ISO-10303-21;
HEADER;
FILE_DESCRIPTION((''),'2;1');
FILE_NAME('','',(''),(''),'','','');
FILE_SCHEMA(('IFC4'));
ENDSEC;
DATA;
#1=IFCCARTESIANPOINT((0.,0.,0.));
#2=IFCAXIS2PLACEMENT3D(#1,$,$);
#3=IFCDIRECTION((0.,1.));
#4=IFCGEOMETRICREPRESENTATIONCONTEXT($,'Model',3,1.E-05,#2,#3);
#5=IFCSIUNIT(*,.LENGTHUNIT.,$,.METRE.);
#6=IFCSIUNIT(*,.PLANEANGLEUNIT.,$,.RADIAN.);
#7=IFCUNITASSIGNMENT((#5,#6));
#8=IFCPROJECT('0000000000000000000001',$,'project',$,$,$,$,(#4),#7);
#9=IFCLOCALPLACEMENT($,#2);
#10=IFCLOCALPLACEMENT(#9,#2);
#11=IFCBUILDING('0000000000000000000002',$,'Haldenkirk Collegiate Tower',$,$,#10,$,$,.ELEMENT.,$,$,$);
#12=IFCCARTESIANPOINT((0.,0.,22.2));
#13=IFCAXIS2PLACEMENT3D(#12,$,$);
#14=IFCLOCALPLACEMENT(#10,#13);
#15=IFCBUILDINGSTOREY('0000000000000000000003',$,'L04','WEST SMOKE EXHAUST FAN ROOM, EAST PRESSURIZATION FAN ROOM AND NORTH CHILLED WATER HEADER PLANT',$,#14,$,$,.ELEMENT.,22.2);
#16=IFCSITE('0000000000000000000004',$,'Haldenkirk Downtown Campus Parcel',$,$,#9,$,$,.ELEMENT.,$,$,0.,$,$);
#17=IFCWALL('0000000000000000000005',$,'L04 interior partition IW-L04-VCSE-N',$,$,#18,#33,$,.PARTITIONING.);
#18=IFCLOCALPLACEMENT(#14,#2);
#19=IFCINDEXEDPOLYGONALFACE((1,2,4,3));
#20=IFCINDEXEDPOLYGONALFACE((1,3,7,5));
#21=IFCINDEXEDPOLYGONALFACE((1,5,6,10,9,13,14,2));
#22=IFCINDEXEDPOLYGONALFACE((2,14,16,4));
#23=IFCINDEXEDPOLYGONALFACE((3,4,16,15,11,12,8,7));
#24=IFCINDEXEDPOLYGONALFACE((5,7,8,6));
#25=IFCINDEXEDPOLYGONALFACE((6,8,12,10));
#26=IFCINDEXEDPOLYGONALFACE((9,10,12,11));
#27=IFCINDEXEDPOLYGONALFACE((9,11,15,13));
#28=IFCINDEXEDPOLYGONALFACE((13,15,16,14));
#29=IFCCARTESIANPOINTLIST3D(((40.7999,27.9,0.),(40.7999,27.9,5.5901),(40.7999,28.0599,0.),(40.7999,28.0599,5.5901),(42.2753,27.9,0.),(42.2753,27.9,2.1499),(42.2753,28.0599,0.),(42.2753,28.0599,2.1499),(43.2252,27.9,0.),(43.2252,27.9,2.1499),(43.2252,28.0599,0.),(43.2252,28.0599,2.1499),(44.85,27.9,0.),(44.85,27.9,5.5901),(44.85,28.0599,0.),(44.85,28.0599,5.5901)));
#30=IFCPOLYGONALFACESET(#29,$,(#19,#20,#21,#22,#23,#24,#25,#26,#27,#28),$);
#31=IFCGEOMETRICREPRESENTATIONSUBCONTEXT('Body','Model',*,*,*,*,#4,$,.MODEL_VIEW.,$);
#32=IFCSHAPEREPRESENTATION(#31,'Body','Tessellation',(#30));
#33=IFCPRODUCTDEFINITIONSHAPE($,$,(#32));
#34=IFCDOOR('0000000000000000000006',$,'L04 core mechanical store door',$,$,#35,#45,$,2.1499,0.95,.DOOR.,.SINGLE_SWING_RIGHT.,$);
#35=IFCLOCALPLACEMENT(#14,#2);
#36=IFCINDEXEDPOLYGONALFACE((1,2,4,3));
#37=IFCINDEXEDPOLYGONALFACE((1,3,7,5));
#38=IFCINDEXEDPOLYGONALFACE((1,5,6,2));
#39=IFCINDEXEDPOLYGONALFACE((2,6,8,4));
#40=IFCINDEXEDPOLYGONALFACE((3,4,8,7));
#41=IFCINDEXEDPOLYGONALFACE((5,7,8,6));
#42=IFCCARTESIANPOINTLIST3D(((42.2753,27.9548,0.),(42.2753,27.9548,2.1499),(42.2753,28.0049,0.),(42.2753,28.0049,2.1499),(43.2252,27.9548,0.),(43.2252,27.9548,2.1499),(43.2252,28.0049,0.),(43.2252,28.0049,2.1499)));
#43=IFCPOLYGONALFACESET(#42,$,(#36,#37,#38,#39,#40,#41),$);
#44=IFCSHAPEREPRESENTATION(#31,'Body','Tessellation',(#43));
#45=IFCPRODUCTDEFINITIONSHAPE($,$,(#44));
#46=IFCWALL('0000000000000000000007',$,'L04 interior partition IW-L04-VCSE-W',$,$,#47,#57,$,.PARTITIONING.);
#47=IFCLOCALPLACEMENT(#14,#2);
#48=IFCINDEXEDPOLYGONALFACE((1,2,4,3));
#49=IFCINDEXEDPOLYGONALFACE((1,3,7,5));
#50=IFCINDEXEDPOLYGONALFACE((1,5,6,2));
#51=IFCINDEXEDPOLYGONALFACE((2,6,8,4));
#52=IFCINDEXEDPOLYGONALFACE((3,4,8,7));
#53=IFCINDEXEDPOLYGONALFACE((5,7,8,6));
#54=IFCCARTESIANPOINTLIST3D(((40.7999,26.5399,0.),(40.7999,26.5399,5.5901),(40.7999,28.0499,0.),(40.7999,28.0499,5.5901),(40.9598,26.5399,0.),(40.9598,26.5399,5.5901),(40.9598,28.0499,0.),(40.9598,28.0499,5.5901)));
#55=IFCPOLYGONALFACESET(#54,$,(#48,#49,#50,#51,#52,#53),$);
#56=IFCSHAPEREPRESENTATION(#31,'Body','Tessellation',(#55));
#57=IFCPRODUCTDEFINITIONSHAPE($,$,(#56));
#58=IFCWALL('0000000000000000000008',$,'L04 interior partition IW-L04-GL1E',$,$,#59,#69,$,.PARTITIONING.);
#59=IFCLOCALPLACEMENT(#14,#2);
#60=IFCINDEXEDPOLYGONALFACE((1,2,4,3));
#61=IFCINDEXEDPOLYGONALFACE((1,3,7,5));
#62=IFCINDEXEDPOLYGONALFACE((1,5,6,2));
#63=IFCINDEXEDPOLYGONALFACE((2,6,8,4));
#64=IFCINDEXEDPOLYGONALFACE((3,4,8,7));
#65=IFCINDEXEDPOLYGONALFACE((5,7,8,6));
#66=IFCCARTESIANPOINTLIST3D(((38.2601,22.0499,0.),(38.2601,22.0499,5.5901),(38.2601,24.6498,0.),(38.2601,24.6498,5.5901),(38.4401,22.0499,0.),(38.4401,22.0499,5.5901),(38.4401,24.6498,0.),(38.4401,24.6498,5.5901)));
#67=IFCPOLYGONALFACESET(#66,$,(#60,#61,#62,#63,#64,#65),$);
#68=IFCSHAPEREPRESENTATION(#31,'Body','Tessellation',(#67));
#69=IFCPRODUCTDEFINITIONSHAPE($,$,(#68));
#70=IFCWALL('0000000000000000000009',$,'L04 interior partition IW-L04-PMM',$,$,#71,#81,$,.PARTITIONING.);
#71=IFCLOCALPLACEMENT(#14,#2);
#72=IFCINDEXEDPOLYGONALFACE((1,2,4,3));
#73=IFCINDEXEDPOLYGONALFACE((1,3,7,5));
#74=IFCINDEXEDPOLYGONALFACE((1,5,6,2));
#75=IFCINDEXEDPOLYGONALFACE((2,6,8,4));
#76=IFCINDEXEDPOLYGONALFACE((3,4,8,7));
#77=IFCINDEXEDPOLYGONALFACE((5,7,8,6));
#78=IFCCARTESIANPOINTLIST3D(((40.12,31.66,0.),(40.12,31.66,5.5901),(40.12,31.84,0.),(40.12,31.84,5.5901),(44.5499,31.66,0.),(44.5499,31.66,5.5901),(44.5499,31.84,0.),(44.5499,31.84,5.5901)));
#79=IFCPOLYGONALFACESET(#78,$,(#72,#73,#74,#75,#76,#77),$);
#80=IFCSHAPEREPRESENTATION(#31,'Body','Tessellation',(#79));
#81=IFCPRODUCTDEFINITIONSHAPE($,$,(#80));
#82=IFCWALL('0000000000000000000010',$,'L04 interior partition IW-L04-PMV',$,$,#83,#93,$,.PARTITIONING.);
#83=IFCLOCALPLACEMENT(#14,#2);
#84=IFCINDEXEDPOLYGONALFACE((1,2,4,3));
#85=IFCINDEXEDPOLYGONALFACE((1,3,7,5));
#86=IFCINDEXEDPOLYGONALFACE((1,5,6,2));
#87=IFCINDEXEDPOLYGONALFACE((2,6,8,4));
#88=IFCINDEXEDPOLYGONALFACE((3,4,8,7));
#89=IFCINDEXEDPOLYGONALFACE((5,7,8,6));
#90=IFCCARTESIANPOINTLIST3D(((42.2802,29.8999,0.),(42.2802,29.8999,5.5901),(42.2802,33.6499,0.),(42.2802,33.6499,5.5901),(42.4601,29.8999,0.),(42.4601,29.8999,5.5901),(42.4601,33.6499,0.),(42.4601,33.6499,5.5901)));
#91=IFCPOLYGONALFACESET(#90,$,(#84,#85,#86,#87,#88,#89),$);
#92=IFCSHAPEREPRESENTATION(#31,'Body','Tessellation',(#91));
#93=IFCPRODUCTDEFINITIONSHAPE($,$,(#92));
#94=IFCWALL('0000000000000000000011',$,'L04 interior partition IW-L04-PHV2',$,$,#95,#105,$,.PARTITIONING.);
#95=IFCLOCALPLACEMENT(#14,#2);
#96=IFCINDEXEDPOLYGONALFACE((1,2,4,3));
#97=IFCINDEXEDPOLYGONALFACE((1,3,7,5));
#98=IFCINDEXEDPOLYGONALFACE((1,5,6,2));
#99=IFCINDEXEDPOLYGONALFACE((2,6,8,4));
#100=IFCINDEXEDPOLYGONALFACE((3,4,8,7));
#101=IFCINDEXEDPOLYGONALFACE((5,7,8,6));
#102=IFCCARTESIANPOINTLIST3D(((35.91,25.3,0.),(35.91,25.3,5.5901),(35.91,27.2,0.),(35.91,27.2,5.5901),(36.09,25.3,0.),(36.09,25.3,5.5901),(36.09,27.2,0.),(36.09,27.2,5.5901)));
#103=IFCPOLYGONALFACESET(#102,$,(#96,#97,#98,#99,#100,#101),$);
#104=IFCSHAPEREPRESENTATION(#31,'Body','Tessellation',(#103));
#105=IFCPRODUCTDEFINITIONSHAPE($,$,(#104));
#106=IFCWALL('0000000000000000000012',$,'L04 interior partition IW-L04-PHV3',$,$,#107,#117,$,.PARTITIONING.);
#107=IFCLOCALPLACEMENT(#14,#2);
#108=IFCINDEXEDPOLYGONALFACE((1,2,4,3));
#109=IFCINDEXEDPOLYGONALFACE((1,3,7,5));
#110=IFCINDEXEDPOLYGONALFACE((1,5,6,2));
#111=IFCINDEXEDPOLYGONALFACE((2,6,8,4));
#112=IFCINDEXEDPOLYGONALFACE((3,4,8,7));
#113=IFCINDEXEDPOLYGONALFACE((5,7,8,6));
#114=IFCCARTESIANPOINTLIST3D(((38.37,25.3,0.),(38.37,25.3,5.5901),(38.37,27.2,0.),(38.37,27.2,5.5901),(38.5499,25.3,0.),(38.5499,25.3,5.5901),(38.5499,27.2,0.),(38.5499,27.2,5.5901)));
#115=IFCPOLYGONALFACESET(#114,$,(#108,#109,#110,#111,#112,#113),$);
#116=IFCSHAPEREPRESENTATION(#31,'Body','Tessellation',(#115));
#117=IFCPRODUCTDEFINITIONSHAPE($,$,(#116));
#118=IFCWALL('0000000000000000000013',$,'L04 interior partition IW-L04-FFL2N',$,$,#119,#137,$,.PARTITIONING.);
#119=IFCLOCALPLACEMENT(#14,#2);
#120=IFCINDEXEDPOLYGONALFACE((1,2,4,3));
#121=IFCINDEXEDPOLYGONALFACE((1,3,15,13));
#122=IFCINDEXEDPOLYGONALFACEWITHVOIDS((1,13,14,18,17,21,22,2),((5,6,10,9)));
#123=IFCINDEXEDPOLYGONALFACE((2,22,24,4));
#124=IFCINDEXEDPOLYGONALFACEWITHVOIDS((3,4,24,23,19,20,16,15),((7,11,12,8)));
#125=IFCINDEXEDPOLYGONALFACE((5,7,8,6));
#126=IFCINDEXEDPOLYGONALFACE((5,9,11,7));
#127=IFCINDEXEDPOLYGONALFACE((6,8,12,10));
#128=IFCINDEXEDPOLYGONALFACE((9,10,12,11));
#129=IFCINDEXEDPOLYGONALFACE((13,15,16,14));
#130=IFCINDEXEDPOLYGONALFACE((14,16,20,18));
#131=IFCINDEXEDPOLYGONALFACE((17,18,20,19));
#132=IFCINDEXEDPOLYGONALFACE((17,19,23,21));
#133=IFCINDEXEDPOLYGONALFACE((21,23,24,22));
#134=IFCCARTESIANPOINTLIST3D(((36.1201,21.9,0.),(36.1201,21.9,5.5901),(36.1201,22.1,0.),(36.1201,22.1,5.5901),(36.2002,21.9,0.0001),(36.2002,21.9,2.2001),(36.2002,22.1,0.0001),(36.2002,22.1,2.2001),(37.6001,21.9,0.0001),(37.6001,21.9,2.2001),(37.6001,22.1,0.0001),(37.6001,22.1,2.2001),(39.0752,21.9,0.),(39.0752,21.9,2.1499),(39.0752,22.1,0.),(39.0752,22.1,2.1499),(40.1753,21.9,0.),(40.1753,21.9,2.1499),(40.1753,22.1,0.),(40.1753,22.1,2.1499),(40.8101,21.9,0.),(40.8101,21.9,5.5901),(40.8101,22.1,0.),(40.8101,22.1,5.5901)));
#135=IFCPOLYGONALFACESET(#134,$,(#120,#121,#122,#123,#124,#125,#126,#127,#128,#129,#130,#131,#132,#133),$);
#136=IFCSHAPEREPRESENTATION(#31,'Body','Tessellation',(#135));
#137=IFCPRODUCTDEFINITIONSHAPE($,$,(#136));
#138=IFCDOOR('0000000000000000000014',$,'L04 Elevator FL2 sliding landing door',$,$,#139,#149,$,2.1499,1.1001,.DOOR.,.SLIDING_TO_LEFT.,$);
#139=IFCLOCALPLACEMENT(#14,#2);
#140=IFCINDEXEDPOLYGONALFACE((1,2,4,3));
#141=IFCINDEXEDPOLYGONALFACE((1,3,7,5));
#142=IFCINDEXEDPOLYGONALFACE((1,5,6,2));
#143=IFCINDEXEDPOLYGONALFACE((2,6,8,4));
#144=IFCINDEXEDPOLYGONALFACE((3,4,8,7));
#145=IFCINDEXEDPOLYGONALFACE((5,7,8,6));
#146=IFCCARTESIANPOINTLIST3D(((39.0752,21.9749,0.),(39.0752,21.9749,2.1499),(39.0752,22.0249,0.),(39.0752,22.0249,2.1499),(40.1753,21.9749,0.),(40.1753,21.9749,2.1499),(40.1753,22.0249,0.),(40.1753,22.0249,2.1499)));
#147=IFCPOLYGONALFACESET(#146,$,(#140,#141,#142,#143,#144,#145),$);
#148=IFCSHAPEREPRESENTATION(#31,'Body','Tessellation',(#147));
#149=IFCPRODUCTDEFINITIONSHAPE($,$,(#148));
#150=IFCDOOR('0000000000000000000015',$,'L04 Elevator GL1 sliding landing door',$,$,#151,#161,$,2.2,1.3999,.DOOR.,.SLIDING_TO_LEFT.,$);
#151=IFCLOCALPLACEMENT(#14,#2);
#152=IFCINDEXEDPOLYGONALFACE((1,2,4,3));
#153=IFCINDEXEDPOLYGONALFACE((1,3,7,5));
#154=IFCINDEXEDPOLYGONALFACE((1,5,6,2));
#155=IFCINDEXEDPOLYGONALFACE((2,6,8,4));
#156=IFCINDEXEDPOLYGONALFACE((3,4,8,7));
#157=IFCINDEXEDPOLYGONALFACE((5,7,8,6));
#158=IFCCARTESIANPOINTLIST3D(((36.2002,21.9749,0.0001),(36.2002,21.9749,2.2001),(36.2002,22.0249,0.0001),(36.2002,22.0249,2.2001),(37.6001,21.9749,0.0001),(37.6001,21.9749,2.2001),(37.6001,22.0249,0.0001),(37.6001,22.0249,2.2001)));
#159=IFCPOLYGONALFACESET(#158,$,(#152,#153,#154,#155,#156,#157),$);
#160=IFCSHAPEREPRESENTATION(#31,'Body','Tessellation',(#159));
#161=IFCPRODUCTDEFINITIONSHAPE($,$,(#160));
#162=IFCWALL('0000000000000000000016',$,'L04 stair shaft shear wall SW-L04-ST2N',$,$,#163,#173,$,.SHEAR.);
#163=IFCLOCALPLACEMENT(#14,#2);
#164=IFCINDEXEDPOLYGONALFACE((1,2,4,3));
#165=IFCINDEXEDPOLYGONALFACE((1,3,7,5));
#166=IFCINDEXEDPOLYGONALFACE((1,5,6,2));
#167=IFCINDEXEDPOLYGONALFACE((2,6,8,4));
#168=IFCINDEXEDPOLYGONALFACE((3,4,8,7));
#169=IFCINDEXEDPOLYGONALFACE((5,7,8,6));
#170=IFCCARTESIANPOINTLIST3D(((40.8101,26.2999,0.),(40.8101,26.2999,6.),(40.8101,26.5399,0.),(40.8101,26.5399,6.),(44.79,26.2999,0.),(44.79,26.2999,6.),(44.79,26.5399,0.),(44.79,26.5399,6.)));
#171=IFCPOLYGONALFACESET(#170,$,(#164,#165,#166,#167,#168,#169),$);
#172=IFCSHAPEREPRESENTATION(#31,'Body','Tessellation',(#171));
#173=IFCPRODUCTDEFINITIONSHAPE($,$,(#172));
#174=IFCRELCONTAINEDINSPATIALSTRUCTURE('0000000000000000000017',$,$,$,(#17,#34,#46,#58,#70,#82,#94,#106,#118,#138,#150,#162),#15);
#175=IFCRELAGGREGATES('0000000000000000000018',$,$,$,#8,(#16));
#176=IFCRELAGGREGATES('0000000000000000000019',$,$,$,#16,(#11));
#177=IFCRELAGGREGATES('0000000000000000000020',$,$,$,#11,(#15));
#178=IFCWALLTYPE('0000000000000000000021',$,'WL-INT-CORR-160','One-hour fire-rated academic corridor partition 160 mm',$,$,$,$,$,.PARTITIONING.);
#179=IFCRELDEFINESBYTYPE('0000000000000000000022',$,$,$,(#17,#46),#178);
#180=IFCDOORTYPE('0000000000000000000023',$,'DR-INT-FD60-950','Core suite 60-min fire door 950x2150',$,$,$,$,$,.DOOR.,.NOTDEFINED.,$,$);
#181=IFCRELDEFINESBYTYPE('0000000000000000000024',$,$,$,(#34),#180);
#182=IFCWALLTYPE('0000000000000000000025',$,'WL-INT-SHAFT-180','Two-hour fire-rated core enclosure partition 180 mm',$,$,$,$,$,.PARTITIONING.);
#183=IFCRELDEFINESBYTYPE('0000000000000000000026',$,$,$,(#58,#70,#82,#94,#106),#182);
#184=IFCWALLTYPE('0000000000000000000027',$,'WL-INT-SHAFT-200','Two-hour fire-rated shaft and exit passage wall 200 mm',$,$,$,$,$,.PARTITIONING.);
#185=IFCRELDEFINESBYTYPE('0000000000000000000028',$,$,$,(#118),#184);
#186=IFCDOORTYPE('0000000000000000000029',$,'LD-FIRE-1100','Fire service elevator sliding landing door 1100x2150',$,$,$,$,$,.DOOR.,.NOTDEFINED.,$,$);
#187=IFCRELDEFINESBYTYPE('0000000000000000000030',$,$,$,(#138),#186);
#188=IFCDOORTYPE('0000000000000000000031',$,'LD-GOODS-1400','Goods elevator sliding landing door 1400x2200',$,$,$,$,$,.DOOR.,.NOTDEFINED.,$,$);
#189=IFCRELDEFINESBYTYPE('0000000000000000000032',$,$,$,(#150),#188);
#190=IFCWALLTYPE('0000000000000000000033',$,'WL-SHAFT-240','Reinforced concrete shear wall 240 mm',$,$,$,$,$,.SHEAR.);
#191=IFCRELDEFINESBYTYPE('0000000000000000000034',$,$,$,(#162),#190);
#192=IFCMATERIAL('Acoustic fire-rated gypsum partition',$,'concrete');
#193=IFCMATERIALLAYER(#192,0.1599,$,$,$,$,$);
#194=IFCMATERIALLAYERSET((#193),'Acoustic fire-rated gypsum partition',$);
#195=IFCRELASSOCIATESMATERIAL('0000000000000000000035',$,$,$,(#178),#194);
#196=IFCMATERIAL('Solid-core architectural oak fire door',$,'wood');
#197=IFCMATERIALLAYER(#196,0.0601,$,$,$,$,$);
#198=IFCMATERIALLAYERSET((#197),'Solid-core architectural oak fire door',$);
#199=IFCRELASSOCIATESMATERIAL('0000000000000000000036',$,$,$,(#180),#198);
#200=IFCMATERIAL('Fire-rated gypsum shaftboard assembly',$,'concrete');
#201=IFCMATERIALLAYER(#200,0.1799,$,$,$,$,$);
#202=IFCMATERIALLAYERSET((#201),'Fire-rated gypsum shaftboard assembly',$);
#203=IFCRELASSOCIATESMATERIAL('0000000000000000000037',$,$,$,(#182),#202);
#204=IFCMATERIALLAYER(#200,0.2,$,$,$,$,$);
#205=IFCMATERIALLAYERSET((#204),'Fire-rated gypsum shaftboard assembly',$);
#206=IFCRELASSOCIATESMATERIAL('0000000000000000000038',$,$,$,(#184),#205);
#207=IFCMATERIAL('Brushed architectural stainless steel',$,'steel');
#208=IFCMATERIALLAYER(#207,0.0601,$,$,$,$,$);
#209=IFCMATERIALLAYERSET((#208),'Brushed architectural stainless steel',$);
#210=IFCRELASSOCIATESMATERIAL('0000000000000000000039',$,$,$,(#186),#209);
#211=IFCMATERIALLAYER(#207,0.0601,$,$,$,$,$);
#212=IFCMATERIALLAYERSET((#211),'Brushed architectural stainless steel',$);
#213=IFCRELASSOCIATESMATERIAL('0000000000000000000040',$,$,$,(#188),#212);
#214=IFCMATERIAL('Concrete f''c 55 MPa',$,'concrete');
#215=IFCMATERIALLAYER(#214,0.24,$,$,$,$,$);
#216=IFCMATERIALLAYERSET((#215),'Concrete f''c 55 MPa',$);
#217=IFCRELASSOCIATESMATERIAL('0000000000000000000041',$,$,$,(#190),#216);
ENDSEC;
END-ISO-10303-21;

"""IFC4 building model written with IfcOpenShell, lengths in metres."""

from ifc_helpers import new_model, si_unit, direction, frame, frame_2d, origin, place, context, subcontext, project, spatial, rectangle, extrude, material, layer, layer_set, type_object, element, fill, save


model = new_model("IFC4")

# Units and contexts
model_context = context("Model", 3, precision=1e-05, world=origin(), true_north=direction((0.0, 1.0)))
body_context = subcontext(model_context, "Body", "Model", "MODEL_VIEW")
ifc_project = project(units=[si_unit("LENGTHUNIT", "METRE"), si_unit("PLANEANGLEUNIT", "RADIAN")], contexts=[model_context])

# Site, building, storey
site_placement = place(None, origin())
site = spatial("IfcSite", under=ifc_project, at=site_placement, Name="Haldenkirk Downtown Campus Parcel", CompositionType="ELEMENT", RefElevation=0.0)
building_placement = place(site_placement, origin())
building = spatial("IfcBuilding", under=site, at=building_placement, Name="Haldenkirk Collegiate Tower", CompositionType="ELEMENT")
storey_placement = place(building_placement, frame((0.0, 0.0, 22.2)))
storey = spatial("IfcBuildingStorey", under=building, at=storey_placement, Name="L04", Description="WEST SMOKE EXHAUST FAN ROOM, EAST PRESSURIZATION FAN ROOM AND NORTH CHILLED WATER HEADER PLANT", CompositionType="ELEMENT", Elevation=22.2)

# Wall, opening, door
ifc_material_1 = material(Name="Acoustic fire-rated gypsum partition", Category="concrete")
ifc_layer_1 = layer(ifc_material_1, 0.1599)
ifc_layer_set_1 = layer_set([ifc_layer_1], Name="Acoustic fire-rated gypsum partition")
wall_type_1 = type_object("IfcWallType", Name="WL-INT-CORR-160", Description="One-hour fire-rated academic corridor partition 160 mm", PredefinedType="PARTITIONING", material=ifc_layer_set_1)
wall_1_placement = place(storey_placement, frame((40.8, 27.98, 0.0), z_axis=(0.0, 0.0, 1.0), x_axis=(1.0, 0.0, 0.0)))
wall_1 = element("IfcWall", 1, at=wall_1_placement, inside=storey, type_object=wall_type_1, Name="L04 interior partition IW-L04-VCSE-N", PredefinedType="PARTITIONING", context=body_context, shape_type="SweptSolid", body=[
    extrude(rectangle(XDim=4.05, YDim=0.1599, at=frame_2d((2.0249, 0.0))), origin(), (0.0, 0.0, 1.0), 5.5901),
])
opening_1_placement = place(wall_1_placement, frame((1.4751, 0.0, 0.0)))
opening_1 = element("IfcOpeningElement", 2, at=opening_1_placement, cuts=wall_1, PredefinedType="OPENING", context=body_context, shape_type="SweptSolid", body=[
    extrude(rectangle(XDim=0.95, YDim=2.1499, at=frame_2d((0.4751, 1.075))), frame((0.0, 0.0898, 0.0), z_axis=(0.0, -1.0, 0.0), x_axis=(1.0, 0.0, 0.0)), (0.0, 0.0, 1.0), 0.1799),
])
ifc_material_2 = material(Name="Solid-core architectural oak fire door", Category="wood")
ifc_layer_2 = layer(ifc_material_2, 0.0601)
ifc_layer_set_2 = layer_set([ifc_layer_2], Name="Solid-core architectural oak fire door")
door_type_1 = type_object("IfcDoorType", Name="DR-INT-FD60-950", Description="Core suite 60-min fire door 950x2150", OperationType="NOTDEFINED", PredefinedType="DOOR", material=ifc_layer_set_2)
door_1_placement = place(opening_1_placement, origin())
door_1 = element("IfcDoor", 3, at=door_1_placement, inside=storey, type_object=door_type_1, Name="L04 core mechanical store door", OperationType="SINGLE_SWING_RIGHT", OverallHeight=2.1499, OverallWidth=0.95, PredefinedType="DOOR", context=body_context, shape_type="SweptSolid", body=[
    extrude(rectangle(XDim=0.95, YDim=2.1499, at=frame_2d((0.4751, 1.075))), frame((0.0, 0.0249, 0.0), z_axis=(0.0, -1.0, 0.0), x_axis=(1.0, 0.0, 0.0)), (0.0, 0.0, 1.0), 0.05),
])
fill(opening_1, door_1)

# Walls
wall_2_placement = place(storey_placement, frame((40.8799, 26.54, 0.0), z_axis=(0.0, 0.0, 1.0), x_axis=(0.0, 1.0, 0.0)))
element("IfcWall", 4, at=wall_2_placement, inside=storey, type_object=wall_type_1, Name="L04 interior partition IW-L04-VCSE-W", PredefinedType="PARTITIONING", context=body_context, shape_type="SweptSolid", body=[
    extrude(rectangle(XDim=1.51, YDim=0.1599, at=frame_2d((0.7549, 0.0))), origin(), (0.0, 0.0, 1.0), 5.5901),
])
ifc_material_3 = material(Name="Fire-rated gypsum shaftboard assembly", Category="concrete")
ifc_layer_3 = layer(ifc_material_3, 0.1799)
ifc_layer_set_3 = layer_set([ifc_layer_3], Name="Fire-rated gypsum shaftboard assembly")
wall_type_2 = type_object("IfcWallType", Name="WL-INT-SHAFT-180", Description="Two-hour fire-rated core enclosure partition 180 mm", PredefinedType="PARTITIONING", material=ifc_layer_set_3)
wall_3_placement = place(storey_placement, frame((38.3501, 22.05, 0.0), z_axis=(0.0, 0.0, 1.0), x_axis=(0.0, 1.0, 0.0)))
element("IfcWall", 5, at=wall_3_placement, inside=storey, type_object=wall_type_2, Name="L04 interior partition IW-L04-GL1E", PredefinedType="PARTITIONING", context=body_context, shape_type="SweptSolid", body=[
    extrude(rectangle(XDim=2.5999, YDim=0.1799, at=frame_2d((1.2998, 0.0))), origin(), (0.0, 0.0, 1.0), 5.5901),
])

# Shared definitions
ifc_material_4 = material(Name="Brushed architectural stainless steel", Category="steel")

# Walls
wall_4_placement = place(storey_placement, frame((40.1201, 31.75, 0.0), z_axis=(0.0, 0.0, 1.0), x_axis=(1.0, 0.0, 0.0)))
element("IfcWall", 6, at=wall_4_placement, inside=storey, type_object=wall_type_2, Name="L04 interior partition IW-L04-PMM", PredefinedType="PARTITIONING", context=body_context, shape_type="SweptSolid", body=[
    extrude(rectangle(XDim=4.4299, YDim=0.1799, at=frame_2d((2.2148, 0.0))), origin(), (0.0, 0.0, 1.0), 5.5901),
])
wall_5_placement = place(storey_placement, frame((42.3701, 29.8999, 0.0), z_axis=(0.0, 0.0, 1.0), x_axis=(0.0, 1.0, 0.0)))
element("IfcWall", 7, at=wall_5_placement, inside=storey, type_object=wall_type_2, Name="L04 interior partition IW-L04-PMV", PredefinedType="PARTITIONING", context=body_context, shape_type="SweptSolid", body=[
    extrude(rectangle(XDim=3.75, YDim=0.1799, at=frame_2d((1.875, 0.0))), origin(), (0.0, 0.0, 1.0), 5.5901),
])
for number, where, z_axis, x_axis, name in (
    (8, (36.0, 25.3, 0.0), (0.0, 0.0, 1.0), (0.0, 1.0, 0.0), "L04 interior partition IW-L04-PHV2"),
    (9, (38.46, 25.3, 0.0), (0.0, 0.0, 1.0), (0.0, 1.0, 0.0), "L04 interior partition IW-L04-PHV3"),
):
    element("IfcWall", number, at=place(storey_placement, frame(where, z_axis=z_axis, x_axis=x_axis)), inside=storey, type_object=wall_type_2, Name=name, PredefinedType="PARTITIONING", context=body_context, shape_type="SweptSolid", body=[
        extrude(rectangle(XDim=1.8999, YDim=0.1799, at=frame_2d((0.95, 0.0))), origin(), (0.0, 0.0, 1.0), 5.5901),
    ])

# Wall, openings, doors
ifc_layer_4 = layer(ifc_material_3, 0.2)
ifc_layer_set_4 = layer_set([ifc_layer_4], Name="Fire-rated gypsum shaftboard assembly")
wall_type_3 = type_object("IfcWallType", Name="WL-INT-SHAFT-200", Description="Two-hour fire-rated shaft and exit passage wall 200 mm", PredefinedType="PARTITIONING", material=ifc_layer_set_4)
wall_6_placement = place(storey_placement, frame((36.1201, 22.0, 0.0), z_axis=(0.0, 0.0, 1.0), x_axis=(1.0, 0.0, 0.0)))
wall_6 = element("IfcWall", 10, at=wall_6_placement, inside=storey, type_object=wall_type_3, Name="L04 interior partition IW-L04-FFL2N", PredefinedType="PARTITIONING", context=body_context, shape_type="SweptSolid", body=[
    extrude(rectangle(XDim=4.6899, YDim=0.2, at=frame_2d((2.345, 0.0))), origin(), (0.0, 0.0, 1.0), 5.5901),
])
opening_2_placement = place(wall_6_placement, frame((2.9551, 0.0, 0.0)))
opening_2 = element("IfcOpeningElement", 11, at=opening_2_placement, cuts=wall_6, PredefinedType="OPENING", context=body_context, shape_type="SweptSolid", body=[
    extrude(rectangle(XDim=1.1001, YDim=2.1499, at=frame_2d((0.55, 1.075))), frame((0.0, 0.1099, 0.0), z_axis=(0.0, -1.0, 0.0), x_axis=(1.0, 0.0, 0.0)), (0.0, 0.0, 1.0), 0.22),
])
opening_3_placement = place(wall_6_placement, frame((0.0801, 0.0, 0.0)))
opening_3 = element("IfcOpeningElement", 12, at=opening_3_placement, cuts=wall_6, PredefinedType="OPENING", context=body_context, shape_type="SweptSolid", body=[
    extrude(rectangle(XDim=1.3999, YDim=2.2, at=frame_2d((0.7, 1.1001))), frame((0.0, 0.1099, 0.0), z_axis=(0.0, -1.0, 0.0), x_axis=(1.0, 0.0, 0.0)), (0.0, 0.0, 1.0), 0.22),
])
ifc_layer_5 = layer(ifc_material_4, 0.0601)
ifc_layer_set_5 = layer_set([ifc_layer_5], Name="Brushed architectural stainless steel")
door_type_2 = type_object("IfcDoorType", Name="LD-FIRE-1100", Description="Fire service elevator sliding landing door 1100x2150", OperationType="NOTDEFINED", PredefinedType="DOOR", material=ifc_layer_set_5)
door_2_placement = place(opening_2_placement, origin())
door_2 = element("IfcDoor", 13, at=door_2_placement, inside=storey, type_object=door_type_2, Name="L04 Elevator FL2 sliding landing door", OperationType="SLIDING_TO_LEFT", OverallHeight=2.1499, OverallWidth=1.1001, PredefinedType="DOOR", context=body_context, shape_type="SweptSolid", body=[
    extrude(rectangle(XDim=1.1001, YDim=2.1499, at=frame_2d((0.55, 1.075))), frame((0.0, 0.0249, 0.0), z_axis=(0.0, -1.0, 0.0), x_axis=(1.0, 0.0, 0.0)), (0.0, 0.0, 1.0), 0.05),
])
fill(opening_2, door_2)
ifc_layer_6 = layer(ifc_material_4, 0.0601)
ifc_layer_set_6 = layer_set([ifc_layer_6], Name="Brushed architectural stainless steel")
door_type_3 = type_object("IfcDoorType", Name="LD-GOODS-1400", Description="Goods elevator sliding landing door 1400x2200", OperationType="NOTDEFINED", PredefinedType="DOOR", material=ifc_layer_set_6)
door_3_placement = place(opening_3_placement, origin())
door_3 = element("IfcDoor", 14, at=door_3_placement, inside=storey, type_object=door_type_3, Name="L04 Elevator GL1 sliding landing door", OperationType="SLIDING_TO_LEFT", OverallHeight=2.2, OverallWidth=1.3999, PredefinedType="DOOR", context=body_context, shape_type="SweptSolid", body=[
    extrude(rectangle(XDim=1.3999, YDim=2.2, at=frame_2d((0.7, 1.1001))), frame((0.0, 0.0249, 0.0), z_axis=(0.0, -1.0, 0.0), x_axis=(1.0, 0.0, 0.0)), (0.0, 0.0, 1.0), 0.05),
])
fill(opening_3, door_3)

# Wall
ifc_material_5 = material(Name="Concrete f'c 55 MPa", Category="concrete")
ifc_layer_7 = layer(ifc_material_5, 0.24)
ifc_layer_set_7 = layer_set([ifc_layer_7], Name="Concrete f'c 55 MPa")
wall_type_4 = type_object("IfcWallType", Name="WL-SHAFT-240", Description="Reinforced concrete shear wall 240 mm", PredefinedType="SHEAR", material=ifc_layer_set_7)
wall_7_placement = place(storey_placement, frame((40.8101, 26.4199, 0.0), z_axis=(0.0, 0.0, 1.0), x_axis=(1.0, 0.0, 0.0)))
element("IfcWall", 15, at=wall_7_placement, inside=storey, type_object=wall_type_4, Name="L04 stair shaft shear wall SW-L04-ST2N", PredefinedType="SHEAR", context=body_context, shape_type="SweptSolid", body=[
    extrude(rectangle(XDim=3.98, YDim=0.24, at=frame_2d((1.99, 0.0))), origin(), (0.0, 0.0, 1.0), 6.0),
])

save(model, "model.ifc")
